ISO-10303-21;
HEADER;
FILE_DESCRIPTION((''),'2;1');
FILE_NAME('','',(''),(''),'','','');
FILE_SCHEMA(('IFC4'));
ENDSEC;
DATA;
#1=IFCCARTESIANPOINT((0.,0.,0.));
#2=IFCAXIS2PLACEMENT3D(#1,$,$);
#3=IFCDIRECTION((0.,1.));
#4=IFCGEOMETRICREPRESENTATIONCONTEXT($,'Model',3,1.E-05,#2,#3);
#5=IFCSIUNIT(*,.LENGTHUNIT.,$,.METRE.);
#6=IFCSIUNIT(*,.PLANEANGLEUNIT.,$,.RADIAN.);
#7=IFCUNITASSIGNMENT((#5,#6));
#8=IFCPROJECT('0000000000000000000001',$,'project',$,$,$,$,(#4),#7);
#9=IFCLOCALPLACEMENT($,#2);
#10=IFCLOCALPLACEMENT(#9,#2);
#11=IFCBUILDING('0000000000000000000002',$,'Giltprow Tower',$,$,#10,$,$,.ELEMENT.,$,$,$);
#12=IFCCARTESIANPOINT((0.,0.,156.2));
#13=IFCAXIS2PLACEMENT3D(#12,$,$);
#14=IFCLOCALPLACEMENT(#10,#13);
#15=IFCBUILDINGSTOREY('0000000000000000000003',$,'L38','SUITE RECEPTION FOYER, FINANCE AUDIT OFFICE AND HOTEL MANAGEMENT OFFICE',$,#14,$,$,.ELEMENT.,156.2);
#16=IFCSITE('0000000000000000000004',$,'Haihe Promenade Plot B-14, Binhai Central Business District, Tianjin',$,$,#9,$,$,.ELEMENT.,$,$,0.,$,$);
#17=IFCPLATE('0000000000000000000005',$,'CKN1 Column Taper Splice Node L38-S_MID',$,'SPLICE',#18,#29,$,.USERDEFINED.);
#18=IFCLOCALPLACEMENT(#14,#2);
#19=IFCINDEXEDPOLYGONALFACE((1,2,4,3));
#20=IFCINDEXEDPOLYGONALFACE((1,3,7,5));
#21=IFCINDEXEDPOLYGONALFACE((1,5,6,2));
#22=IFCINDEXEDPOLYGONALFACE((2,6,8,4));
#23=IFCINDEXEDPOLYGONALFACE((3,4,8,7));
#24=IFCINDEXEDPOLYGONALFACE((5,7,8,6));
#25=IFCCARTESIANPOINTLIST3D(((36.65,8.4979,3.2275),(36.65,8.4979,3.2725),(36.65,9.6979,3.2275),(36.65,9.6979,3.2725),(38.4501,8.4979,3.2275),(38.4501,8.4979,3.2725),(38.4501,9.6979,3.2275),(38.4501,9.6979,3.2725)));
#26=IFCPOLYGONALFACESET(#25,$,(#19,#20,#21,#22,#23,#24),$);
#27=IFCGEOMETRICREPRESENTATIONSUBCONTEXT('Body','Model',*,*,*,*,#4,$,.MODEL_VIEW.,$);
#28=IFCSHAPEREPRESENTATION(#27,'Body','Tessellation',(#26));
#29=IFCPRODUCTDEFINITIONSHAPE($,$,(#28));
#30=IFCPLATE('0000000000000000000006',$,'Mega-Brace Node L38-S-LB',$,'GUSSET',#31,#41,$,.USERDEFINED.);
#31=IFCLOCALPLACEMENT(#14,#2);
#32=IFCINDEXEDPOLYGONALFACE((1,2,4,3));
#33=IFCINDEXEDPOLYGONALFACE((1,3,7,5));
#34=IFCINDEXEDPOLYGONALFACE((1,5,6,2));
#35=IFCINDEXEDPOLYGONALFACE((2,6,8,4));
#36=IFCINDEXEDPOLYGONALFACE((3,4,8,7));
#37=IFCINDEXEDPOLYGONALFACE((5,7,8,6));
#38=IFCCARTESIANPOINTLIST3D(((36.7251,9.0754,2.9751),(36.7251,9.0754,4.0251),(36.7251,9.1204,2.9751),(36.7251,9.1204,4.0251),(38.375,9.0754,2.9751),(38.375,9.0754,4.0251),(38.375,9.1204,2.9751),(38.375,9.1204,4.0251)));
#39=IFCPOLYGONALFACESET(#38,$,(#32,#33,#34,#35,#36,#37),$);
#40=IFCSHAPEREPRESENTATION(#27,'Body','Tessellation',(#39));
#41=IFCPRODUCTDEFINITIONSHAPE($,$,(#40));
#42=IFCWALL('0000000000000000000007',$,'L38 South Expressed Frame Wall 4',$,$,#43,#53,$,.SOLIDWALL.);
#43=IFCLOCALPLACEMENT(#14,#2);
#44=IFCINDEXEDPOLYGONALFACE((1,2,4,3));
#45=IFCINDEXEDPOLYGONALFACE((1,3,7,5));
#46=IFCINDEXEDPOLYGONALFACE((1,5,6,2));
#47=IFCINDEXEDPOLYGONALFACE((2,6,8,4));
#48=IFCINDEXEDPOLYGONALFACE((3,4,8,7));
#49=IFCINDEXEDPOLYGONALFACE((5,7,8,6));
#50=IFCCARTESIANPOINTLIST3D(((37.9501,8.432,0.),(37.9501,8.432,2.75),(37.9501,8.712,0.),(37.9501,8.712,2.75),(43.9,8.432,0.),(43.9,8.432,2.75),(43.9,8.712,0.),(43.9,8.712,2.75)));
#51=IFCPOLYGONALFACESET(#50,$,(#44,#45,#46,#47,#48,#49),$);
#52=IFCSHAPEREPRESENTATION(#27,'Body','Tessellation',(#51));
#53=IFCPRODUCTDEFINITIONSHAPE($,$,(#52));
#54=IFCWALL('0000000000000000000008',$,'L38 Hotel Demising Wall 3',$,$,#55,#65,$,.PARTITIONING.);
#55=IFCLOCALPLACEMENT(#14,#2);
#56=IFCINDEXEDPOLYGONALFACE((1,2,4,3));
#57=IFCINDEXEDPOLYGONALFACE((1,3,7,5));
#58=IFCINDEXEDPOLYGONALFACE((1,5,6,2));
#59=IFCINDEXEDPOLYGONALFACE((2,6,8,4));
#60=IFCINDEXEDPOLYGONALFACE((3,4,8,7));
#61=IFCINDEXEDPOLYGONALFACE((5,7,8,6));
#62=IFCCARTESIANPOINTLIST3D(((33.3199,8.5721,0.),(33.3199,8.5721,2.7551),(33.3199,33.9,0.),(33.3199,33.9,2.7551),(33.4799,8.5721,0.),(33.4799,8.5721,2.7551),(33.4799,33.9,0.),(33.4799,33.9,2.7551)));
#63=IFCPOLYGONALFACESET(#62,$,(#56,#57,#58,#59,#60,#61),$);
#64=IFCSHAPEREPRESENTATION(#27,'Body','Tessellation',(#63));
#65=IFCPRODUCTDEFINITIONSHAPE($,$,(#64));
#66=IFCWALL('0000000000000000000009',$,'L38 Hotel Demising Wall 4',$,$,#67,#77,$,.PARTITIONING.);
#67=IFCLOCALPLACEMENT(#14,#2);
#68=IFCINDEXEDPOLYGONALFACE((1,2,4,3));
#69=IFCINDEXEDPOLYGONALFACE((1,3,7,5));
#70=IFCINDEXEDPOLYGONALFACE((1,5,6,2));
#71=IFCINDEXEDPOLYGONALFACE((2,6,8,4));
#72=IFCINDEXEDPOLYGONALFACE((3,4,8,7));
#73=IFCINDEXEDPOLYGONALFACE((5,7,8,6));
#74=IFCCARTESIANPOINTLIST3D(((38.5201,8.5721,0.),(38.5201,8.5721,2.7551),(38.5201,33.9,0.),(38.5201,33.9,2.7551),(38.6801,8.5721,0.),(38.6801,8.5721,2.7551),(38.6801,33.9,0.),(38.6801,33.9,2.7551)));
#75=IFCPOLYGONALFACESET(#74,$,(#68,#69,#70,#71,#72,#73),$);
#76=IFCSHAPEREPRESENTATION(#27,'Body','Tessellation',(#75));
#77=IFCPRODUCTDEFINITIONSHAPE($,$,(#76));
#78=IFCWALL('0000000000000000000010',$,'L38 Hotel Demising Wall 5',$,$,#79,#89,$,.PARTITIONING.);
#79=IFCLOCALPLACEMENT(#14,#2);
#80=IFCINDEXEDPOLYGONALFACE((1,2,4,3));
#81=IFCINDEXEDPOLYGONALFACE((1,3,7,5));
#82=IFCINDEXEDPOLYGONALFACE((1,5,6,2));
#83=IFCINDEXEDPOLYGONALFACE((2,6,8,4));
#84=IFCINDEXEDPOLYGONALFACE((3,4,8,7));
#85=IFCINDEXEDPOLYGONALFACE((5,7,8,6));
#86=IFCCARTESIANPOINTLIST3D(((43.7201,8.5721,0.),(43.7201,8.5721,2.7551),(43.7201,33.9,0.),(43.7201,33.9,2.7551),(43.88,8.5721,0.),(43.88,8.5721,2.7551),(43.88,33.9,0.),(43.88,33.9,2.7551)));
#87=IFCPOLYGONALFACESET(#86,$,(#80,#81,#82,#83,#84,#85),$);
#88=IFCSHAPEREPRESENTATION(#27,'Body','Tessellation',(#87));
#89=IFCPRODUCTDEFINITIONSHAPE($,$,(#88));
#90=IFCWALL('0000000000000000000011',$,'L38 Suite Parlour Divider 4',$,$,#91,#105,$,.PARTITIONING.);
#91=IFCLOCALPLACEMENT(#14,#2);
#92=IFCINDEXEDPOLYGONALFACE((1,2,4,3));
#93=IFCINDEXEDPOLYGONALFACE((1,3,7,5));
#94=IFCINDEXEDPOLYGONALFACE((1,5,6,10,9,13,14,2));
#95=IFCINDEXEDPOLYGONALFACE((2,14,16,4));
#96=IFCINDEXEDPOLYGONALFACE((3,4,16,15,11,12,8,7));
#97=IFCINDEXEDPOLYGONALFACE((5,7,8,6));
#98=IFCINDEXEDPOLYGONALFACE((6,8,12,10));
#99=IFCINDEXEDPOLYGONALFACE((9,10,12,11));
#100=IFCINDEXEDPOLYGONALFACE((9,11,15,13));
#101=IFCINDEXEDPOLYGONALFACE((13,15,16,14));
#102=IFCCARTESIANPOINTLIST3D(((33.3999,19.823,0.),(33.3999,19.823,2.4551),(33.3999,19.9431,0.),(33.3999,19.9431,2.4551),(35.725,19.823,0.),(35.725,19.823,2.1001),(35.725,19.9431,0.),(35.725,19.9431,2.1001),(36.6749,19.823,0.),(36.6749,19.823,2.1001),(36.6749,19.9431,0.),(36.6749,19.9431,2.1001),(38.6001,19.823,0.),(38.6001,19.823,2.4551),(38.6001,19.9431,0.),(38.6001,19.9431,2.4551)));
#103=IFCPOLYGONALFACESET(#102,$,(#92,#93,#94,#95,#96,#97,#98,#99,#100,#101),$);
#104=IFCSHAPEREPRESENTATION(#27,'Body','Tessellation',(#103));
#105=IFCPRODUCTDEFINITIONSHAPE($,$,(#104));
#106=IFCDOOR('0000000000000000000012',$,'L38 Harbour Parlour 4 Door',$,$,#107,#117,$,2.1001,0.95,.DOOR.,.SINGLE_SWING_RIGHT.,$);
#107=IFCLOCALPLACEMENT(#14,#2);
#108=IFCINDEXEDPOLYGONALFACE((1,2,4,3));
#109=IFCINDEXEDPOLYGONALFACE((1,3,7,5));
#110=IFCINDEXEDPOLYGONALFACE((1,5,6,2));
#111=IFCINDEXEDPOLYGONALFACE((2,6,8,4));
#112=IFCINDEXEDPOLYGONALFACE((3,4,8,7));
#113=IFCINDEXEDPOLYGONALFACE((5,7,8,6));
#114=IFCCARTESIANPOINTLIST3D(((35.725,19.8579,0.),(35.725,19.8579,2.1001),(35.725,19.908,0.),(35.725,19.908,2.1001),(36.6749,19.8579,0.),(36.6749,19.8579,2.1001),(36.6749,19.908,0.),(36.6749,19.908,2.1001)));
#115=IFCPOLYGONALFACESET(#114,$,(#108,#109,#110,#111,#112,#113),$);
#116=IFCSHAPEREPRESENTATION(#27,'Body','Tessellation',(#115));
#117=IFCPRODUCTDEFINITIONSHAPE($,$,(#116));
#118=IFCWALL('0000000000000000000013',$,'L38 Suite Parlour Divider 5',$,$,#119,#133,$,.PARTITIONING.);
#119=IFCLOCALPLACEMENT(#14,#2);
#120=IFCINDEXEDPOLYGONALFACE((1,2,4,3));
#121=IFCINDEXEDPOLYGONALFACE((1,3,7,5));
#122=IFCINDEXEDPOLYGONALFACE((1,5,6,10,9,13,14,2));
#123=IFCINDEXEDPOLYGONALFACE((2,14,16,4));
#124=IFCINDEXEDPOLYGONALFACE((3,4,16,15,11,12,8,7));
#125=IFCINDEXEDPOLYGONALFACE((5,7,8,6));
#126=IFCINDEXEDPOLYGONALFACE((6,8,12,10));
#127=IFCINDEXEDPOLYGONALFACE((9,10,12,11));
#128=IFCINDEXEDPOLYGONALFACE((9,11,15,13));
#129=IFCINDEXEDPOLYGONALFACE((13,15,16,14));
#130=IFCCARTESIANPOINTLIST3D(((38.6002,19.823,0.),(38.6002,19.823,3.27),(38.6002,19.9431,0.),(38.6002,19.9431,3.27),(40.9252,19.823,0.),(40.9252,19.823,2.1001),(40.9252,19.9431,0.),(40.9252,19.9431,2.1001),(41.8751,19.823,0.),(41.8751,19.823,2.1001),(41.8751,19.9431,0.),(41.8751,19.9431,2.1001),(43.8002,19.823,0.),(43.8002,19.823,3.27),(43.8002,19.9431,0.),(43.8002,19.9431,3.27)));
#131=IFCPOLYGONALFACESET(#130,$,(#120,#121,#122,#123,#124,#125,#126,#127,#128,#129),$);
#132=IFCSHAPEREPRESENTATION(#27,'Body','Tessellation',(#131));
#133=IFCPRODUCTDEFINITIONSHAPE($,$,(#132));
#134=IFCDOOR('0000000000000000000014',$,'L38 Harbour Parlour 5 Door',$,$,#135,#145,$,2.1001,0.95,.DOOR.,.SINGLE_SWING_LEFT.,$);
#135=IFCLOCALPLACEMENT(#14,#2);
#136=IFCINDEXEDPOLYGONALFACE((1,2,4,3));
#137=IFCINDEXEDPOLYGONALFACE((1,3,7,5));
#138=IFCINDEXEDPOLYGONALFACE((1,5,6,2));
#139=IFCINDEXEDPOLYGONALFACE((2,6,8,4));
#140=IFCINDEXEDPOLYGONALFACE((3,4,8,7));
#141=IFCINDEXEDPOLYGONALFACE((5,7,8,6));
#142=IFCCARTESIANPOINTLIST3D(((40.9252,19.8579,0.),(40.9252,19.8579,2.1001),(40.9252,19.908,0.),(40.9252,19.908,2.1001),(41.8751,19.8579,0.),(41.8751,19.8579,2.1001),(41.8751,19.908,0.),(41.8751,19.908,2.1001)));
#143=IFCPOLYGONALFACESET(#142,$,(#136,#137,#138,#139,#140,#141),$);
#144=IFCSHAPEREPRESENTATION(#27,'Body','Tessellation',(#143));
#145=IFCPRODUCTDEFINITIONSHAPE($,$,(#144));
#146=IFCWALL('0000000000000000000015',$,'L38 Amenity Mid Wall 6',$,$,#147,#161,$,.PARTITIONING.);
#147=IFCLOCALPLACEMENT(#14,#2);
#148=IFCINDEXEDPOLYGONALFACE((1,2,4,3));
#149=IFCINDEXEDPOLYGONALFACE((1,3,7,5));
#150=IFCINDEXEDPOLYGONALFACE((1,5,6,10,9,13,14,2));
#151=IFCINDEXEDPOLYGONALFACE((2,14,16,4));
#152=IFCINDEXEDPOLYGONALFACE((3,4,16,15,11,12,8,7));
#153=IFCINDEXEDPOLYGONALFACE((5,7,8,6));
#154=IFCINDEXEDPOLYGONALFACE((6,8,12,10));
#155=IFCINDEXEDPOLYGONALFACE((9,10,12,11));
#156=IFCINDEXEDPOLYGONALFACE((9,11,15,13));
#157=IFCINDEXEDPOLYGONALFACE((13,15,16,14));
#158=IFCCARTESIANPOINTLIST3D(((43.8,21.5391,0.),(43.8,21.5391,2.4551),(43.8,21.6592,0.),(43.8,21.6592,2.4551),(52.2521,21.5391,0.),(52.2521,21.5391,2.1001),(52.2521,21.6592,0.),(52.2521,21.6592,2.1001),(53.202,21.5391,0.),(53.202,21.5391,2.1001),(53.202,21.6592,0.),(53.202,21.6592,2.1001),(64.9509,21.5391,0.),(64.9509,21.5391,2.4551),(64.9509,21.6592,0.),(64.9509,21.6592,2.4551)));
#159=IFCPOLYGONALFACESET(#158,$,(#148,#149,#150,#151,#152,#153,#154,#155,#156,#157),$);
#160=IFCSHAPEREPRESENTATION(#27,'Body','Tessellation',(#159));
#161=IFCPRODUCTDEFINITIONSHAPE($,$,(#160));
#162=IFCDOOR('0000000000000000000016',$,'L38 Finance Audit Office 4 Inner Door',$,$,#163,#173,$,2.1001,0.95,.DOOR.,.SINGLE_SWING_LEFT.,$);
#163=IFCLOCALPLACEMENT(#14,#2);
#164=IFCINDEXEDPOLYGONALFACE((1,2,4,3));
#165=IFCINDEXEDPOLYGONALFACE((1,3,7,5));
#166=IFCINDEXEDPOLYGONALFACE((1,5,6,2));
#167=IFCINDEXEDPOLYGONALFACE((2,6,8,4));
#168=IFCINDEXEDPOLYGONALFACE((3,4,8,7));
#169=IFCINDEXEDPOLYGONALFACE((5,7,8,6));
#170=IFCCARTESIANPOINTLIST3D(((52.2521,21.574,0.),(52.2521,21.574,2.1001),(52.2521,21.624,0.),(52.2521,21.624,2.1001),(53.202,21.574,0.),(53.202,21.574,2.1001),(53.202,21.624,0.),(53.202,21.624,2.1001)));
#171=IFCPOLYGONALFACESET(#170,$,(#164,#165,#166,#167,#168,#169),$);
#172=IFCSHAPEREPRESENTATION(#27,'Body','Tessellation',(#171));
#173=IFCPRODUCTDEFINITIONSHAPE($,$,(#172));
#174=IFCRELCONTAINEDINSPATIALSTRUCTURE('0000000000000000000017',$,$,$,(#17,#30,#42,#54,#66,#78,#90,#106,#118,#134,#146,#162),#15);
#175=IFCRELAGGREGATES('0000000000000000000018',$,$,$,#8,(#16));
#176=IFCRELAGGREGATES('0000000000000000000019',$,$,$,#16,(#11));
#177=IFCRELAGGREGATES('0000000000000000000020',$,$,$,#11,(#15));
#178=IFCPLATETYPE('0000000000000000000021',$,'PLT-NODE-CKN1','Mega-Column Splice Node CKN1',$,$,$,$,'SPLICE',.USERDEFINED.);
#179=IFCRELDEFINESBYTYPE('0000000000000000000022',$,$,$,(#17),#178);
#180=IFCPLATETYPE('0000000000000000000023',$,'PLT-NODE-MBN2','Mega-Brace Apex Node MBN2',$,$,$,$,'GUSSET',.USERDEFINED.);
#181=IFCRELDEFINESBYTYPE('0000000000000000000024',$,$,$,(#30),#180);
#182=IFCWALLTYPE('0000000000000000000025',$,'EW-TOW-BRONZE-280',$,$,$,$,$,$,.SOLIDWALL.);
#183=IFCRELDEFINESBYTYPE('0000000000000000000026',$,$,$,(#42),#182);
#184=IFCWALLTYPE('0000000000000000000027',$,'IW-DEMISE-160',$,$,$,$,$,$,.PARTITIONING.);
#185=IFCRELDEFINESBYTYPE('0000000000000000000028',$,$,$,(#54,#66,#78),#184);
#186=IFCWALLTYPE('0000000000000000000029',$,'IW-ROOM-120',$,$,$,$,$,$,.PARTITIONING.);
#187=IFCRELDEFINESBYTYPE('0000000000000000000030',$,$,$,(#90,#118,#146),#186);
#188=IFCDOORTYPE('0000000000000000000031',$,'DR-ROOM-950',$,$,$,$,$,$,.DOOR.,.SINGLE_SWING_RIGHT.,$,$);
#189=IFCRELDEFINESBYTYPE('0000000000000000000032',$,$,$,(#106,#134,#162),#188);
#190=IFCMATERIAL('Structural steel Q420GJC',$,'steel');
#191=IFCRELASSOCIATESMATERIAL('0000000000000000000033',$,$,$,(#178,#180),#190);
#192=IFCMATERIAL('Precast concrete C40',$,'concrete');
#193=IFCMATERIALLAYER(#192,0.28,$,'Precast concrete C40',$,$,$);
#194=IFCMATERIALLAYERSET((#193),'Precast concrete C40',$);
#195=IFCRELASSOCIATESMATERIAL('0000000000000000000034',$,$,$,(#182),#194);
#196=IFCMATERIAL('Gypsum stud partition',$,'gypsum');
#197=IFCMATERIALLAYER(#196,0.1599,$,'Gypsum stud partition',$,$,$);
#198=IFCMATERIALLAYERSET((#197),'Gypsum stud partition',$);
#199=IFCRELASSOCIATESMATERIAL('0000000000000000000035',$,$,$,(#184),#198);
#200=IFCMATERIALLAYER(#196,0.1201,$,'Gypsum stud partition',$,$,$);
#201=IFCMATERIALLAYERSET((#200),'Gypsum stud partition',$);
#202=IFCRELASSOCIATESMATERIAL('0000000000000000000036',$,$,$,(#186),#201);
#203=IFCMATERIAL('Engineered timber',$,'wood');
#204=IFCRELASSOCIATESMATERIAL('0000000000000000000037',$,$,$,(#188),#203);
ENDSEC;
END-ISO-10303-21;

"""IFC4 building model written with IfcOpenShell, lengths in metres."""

from ifc_helpers import new_model, si_unit, direction, frame, frame_2d, origin, origin_2d, place, context, subcontext, project, spatial, rectangle, extrude, source, transform, mapped, material, layer, layer_set, type_object, element, fill, save


model = new_model("IFC4")

# Units and contexts
model_context = context("Model", 3, precision=1e-05, world=origin(), true_north=direction((0.0, 1.0)))
body_context = subcontext(model_context, "Body", "Model", "MODEL_VIEW")
ifc_project = project(units=[si_unit("LENGTHUNIT", "METRE"), si_unit("PLANEANGLEUNIT", "RADIAN")], contexts=[model_context])

# Site, building, storey
site_placement = place(None, origin())
site = spatial("IfcSite", under=ifc_project, at=site_placement, Name="Haihe Promenade Plot B-14, Binhai Central Business District, Tianjin", CompositionType="ELEMENT", RefElevation=0.0)
building_placement = place(site_placement, origin())
building = spatial("IfcBuilding", under=site, at=building_placement, Name="Giltprow Tower", CompositionType="ELEMENT")
storey_placement = place(building_placement, frame((0.0, 0.0, 156.2)))
storey = spatial("IfcBuildingStorey", under=building, at=storey_placement, Name="L38", Description="SUITE RECEPTION FOYER, FINANCE AUDIT OFFICE AND HOTEL MANAGEMENT OFFICE", CompositionType="ELEMENT", Elevation=156.2)

# Shared definitions
ifc_material_1 = material(Name="Structural steel Q420GJC", Category="steel")

# Plates
plate_type_1 = type_object("IfcPlateType", Name="PLT-NODE-CKN1", Description="Mega-Column Splice Node CKN1", ElementType="SPLICE", PredefinedType="USERDEFINED", material=ifc_material_1)
shared_shape_1 = source(origin(), body_context, "Body", "SweptSolid", [
    extrude(rectangle(XDim=1.8, YDim=1.2, at=origin_2d()), origin(), (0.0, 0.0, 1.0), 0.0449),
])
plate_1_placement = place(storey_placement, frame((37.55, 9.0979, 3.2275), z_axis=(0.0, 0.0, 1.0), x_axis=(1.0, 0.0, 0.0)))
element("IfcPlate", 1, at=plate_1_placement, inside=storey, type_object=plate_type_1, Name="CKN1 Column Taper Splice Node L38-S_MID", ObjectType="SPLICE", PredefinedType="USERDEFINED", context=body_context, shape_type="MappedRepresentation", body=[
    mapped(shared_shape_1, transform((0.0, 0.0, 0.0), x_axis=(1.0, 0.0, 0.0), y_axis=(0.0, 1.0, 0.0), z_axis=(0.0, 0.0, 1.0), scale=1.0)),
])
plate_type_2 = type_object("IfcPlateType", Name="PLT-NODE-MBN2", Description="Mega-Brace Apex Node MBN2", ElementType="GUSSET", PredefinedType="USERDEFINED", material=ifc_material_1)
shared_shape_2 = source(origin(), body_context, "Body", "SweptSolid", [
    extrude(rectangle(XDim=1.6499, YDim=0.0449, at=origin_2d()), origin(), (0.0, 0.0, 1.0), 1.05),
])
plate_2_placement = place(storey_placement, frame((37.55, 9.0979, 2.9751), z_axis=(0.0, 0.0, 1.0), x_axis=(1.0, 0.0, 0.0)))
element("IfcPlate", 2, at=plate_2_placement, inside=storey, type_object=plate_type_2, Name="Mega-Brace Node L38-S-LB", ObjectType="GUSSET", PredefinedType="USERDEFINED", context=body_context, shape_type="MappedRepresentation", body=[
    mapped(shared_shape_2, transform((0.0, 0.0, 0.0), x_axis=(1.0, 0.0, 0.0), y_axis=(0.0, 1.0, 0.0), z_axis=(0.0, 0.0, 1.0), scale=1.0)),
])

# Walls
ifc_material_2 = material(Name="Precast concrete C40", Category="concrete")
ifc_layer_1 = layer(ifc_material_2, 0.28, Name="Precast concrete C40")
ifc_layer_set_1 = layer_set([ifc_layer_1], Name="Precast concrete C40")
wall_type_1 = type_object("IfcWallType", Name="EW-TOW-BRONZE-280", PredefinedType="SOLIDWALL", material=ifc_layer_set_1)
wall_1_placement = place(storey_placement, frame((37.95, 8.572, 0.0), z_axis=(0.0, 0.0, 1.0), x_axis=(1.0, 0.0, 0.0)))
element("IfcWall", 3, at=wall_1_placement, inside=storey, type_object=wall_type_1, Name="L38 South Expressed Frame Wall 4", PredefinedType="SOLIDWALL", context=body_context, shape_type="SweptSolid", body=[
    extrude(rectangle(XDim=5.95, YDim=0.28, at=frame_2d((2.9751, 0.0))), origin(), (0.0, 0.0, 1.0), 2.75),
])
ifc_material_3 = material(Name="Gypsum stud partition", Category="gypsum")
ifc_layer_2 = layer(ifc_material_3, 0.1599, Name="Gypsum stud partition")
ifc_layer_set_2 = layer_set([ifc_layer_2], Name="Gypsum stud partition")
wall_type_2 = type_object("IfcWallType", Name="IW-DEMISE-160", PredefinedType="PARTITIONING", material=ifc_layer_set_2)
for number, where, z_axis, x_axis, name in (
    (4, (33.3999, 8.572, 0.0), (0.0, 0.0, 1.0), (0.0, 1.0, 0.0), "L38 Hotel Demising Wall 3"),
    (5, (38.6001, 8.572, 0.0), (0.0, 0.0, 1.0), (0.0, 1.0, 0.0), "L38 Hotel Demising Wall 4"),
    (6, (43.8, 8.572, 0.0), (0.0, 0.0, 1.0), (0.0, 1.0, 0.0), "L38 Hotel Demising Wall 5"),
):
    element("IfcWall", number, at=place(storey_placement, frame(where, z_axis=z_axis, x_axis=x_axis)), inside=storey, type_object=wall_type_2, Name=name, PredefinedType="PARTITIONING", context=body_context, shape_type="SweptSolid", body=[
        extrude(rectangle(XDim=25.3279, YDim=0.1599, at=frame_2d((12.6641, 0.0))), origin(), (0.0, 0.0, 1.0), 2.7551),
    ])

# Walls, openings, doors
ifc_layer_3 = layer(ifc_material_3, 0.1201, Name="Gypsum stud partition")
ifc_layer_set_3 = layer_set([ifc_layer_3], Name="Gypsum stud partition")
wall_type_3 = type_object("IfcWallType", Name="IW-ROOM-120", PredefinedType="PARTITIONING", material=ifc_layer_set_3)
wall_2_placement = place(storey_placement, frame((33.3999, 19.8831, 0.0), z_axis=(0.0, 0.0, 1.0), x_axis=(1.0, 0.0, 0.0)))
wall_2 = element("IfcWall", 7, at=wall_2_placement, inside=storey, type_object=wall_type_3, Name="L38 Suite Parlour Divider 4", PredefinedType="PARTITIONING", context=body_context, shape_type="SweptSolid", body=[
    extrude(rectangle(XDim=5.2002, YDim=0.1201, at=frame_2d((2.6001, 0.0))), origin(), (0.0, 0.0, 1.0), 2.4551),
])
opening_1_placement = place(wall_2_placement, frame((2.325, 0.0, 0.0)))
opening_1 = element("IfcOpeningElement", 8, at=opening_1_placement, cuts=wall_2, PredefinedType="OPENING", context=body_context, shape_type="SweptSolid", body=[
    extrude(rectangle(XDim=0.95, YDim=2.1001, at=frame_2d((0.4751, 1.05))), frame((0.0, 0.0701, 0.0), z_axis=(0.0, -1.0, 0.0), x_axis=(1.0, 0.0, 0.0)), (0.0, 0.0, 1.0), 0.1401),
])
ifc_material_4 = material(Name="Engineered timber", Category="wood")
door_type = type_object("IfcDoorType", Name="DR-ROOM-950", OperationType="SINGLE_SWING_RIGHT", PredefinedType="DOOR", material=ifc_material_4)
shared_shape_3 = source(origin(), body_context, "Body", "SweptSolid", [
    extrude(rectangle(XDim=0.95, YDim=2.1001, at=frame_2d((0.4751, 1.05))), frame((0.0, 0.0249, 0.0), z_axis=(0.0, -1.0, 0.0), x_axis=(1.0, 0.0, 0.0)), (0.0, 0.0, 1.0), 0.05),
])
door_1_placement = place(opening_1_placement, origin())
door_1 = element("IfcDoor", 9, at=door_1_placement, inside=storey, type_object=door_type, Name="L38 Harbour Parlour 4 Door", OperationType="SINGLE_SWING_RIGHT", OverallHeight=2.1001, OverallWidth=0.95, PredefinedType="DOOR", context=body_context, shape_type="MappedRepresentation", body=[
    mapped(shared_shape_3, transform((0.0, 0.0, 0.0), x_axis=(1.0, 0.0, 0.0), y_axis=(0.0, 1.0, 0.0), z_axis=(0.0, 0.0, 1.0), scale=1.0)),
])
fill(opening_1, door_1)
wall_3_placement = place(storey_placement, frame((38.6001, 19.8831, 0.0), z_axis=(0.0, 0.0, 1.0), x_axis=(1.0, 0.0, 0.0)))
wall_3 = element("IfcWall", 10, at=wall_3_placement, inside=storey, type_object=wall_type_3, Name="L38 Suite Parlour Divider 5", PredefinedType="PARTITIONING", context=body_context, shape_type="SweptSolid", body=[
    extrude(rectangle(XDim=5.2, YDim=0.1201, at=frame_2d((2.6001, 0.0))), origin(), (0.0, 0.0, 1.0), 3.27),
])
opening_2_placement = place(wall_3_placement, frame((2.325, 0.0, 0.0)))
opening_2 = element("IfcOpeningElement", 11, at=opening_2_placement, cuts=wall_3, PredefinedType="OPENING", context=body_context, shape_type="SweptSolid", body=[
    extrude(rectangle(XDim=0.95, YDim=2.1001, at=frame_2d((0.4751, 1.05))), frame((0.0, 0.0701, 0.0), z_axis=(0.0, -1.0, 0.0), x_axis=(1.0, 0.0, 0.0)), (0.0, 0.0, 1.0), 0.1401),
])
door_2_placement = place(opening_2_placement, origin())
door_2 = element("IfcDoor", 12, at=door_2_placement, inside=storey, type_object=door_type, Name="L38 Harbour Parlour 5 Door", OperationType="SINGLE_SWING_LEFT", OverallHeight=2.1001, OverallWidth=0.95, PredefinedType="DOOR", context=body_context, shape_type="MappedRepresentation", body=[
    mapped(shared_shape_3, transform((0.0, 0.0, 0.0), x_axis=(1.0, 0.0, 0.0), y_axis=(0.0, 1.0, 0.0), z_axis=(0.0, 0.0, 1.0), scale=1.0)),
])
fill(opening_2, door_2)
wall_4_placement = place(storey_placement, frame((43.8, 21.5991, 0.0), z_axis=(0.0, 0.0, 1.0), x_axis=(1.0, 0.0, 0.0)))
wall_4 = element("IfcWall", 13, at=wall_4_placement, inside=storey, type_object=wall_type_3, Name="L38 Amenity Mid Wall 6", PredefinedType="PARTITIONING", context=body_context, shape_type="SweptSolid", body=[
    extrude(rectangle(XDim=21.1509, YDim=0.1201, at=frame_2d((10.5754, 0.0))), origin(), (0.0, 0.0, 1.0), 2.4551),
])
opening_3_placement = place(wall_4_placement, frame((8.4519, 0.0, 0.0)))
opening_3 = element("IfcOpeningElement", 14, at=opening_3_placement, cuts=wall_4, PredefinedType="OPENING", context=body_context, shape_type="SweptSolid", body=[
    extrude(rectangle(XDim=0.95, YDim=2.1001, at=frame_2d((0.4751, 1.05))), frame((0.0, 0.0701, 0.0), z_axis=(0.0, -1.0, 0.0), x_axis=(1.0, 0.0, 0.0)), (0.0, 0.0, 1.0), 0.1401),
])
door_3_placement = place(opening_3_placement, origin())
door_3 = element("IfcDoor", 15, at=door_3_placement, inside=storey, type_object=door_type, Name="L38 Finance Audit Office 4 Inner Door", OperationType="SINGLE_SWING_LEFT", OverallHeight=2.1001, OverallWidth=0.95, PredefinedType="DOOR", context=body_context, shape_type="MappedRepresentation", body=[
    mapped(shared_shape_3, transform((0.0, 0.0, 0.0), x_axis=(1.0, 0.0, 0.0), y_axis=(0.0, 1.0, 0.0), z_axis=(0.0, 0.0, 1.0), scale=1.0)),
])
fill(opening_3, door_3)

save(model, "model.ifc")
